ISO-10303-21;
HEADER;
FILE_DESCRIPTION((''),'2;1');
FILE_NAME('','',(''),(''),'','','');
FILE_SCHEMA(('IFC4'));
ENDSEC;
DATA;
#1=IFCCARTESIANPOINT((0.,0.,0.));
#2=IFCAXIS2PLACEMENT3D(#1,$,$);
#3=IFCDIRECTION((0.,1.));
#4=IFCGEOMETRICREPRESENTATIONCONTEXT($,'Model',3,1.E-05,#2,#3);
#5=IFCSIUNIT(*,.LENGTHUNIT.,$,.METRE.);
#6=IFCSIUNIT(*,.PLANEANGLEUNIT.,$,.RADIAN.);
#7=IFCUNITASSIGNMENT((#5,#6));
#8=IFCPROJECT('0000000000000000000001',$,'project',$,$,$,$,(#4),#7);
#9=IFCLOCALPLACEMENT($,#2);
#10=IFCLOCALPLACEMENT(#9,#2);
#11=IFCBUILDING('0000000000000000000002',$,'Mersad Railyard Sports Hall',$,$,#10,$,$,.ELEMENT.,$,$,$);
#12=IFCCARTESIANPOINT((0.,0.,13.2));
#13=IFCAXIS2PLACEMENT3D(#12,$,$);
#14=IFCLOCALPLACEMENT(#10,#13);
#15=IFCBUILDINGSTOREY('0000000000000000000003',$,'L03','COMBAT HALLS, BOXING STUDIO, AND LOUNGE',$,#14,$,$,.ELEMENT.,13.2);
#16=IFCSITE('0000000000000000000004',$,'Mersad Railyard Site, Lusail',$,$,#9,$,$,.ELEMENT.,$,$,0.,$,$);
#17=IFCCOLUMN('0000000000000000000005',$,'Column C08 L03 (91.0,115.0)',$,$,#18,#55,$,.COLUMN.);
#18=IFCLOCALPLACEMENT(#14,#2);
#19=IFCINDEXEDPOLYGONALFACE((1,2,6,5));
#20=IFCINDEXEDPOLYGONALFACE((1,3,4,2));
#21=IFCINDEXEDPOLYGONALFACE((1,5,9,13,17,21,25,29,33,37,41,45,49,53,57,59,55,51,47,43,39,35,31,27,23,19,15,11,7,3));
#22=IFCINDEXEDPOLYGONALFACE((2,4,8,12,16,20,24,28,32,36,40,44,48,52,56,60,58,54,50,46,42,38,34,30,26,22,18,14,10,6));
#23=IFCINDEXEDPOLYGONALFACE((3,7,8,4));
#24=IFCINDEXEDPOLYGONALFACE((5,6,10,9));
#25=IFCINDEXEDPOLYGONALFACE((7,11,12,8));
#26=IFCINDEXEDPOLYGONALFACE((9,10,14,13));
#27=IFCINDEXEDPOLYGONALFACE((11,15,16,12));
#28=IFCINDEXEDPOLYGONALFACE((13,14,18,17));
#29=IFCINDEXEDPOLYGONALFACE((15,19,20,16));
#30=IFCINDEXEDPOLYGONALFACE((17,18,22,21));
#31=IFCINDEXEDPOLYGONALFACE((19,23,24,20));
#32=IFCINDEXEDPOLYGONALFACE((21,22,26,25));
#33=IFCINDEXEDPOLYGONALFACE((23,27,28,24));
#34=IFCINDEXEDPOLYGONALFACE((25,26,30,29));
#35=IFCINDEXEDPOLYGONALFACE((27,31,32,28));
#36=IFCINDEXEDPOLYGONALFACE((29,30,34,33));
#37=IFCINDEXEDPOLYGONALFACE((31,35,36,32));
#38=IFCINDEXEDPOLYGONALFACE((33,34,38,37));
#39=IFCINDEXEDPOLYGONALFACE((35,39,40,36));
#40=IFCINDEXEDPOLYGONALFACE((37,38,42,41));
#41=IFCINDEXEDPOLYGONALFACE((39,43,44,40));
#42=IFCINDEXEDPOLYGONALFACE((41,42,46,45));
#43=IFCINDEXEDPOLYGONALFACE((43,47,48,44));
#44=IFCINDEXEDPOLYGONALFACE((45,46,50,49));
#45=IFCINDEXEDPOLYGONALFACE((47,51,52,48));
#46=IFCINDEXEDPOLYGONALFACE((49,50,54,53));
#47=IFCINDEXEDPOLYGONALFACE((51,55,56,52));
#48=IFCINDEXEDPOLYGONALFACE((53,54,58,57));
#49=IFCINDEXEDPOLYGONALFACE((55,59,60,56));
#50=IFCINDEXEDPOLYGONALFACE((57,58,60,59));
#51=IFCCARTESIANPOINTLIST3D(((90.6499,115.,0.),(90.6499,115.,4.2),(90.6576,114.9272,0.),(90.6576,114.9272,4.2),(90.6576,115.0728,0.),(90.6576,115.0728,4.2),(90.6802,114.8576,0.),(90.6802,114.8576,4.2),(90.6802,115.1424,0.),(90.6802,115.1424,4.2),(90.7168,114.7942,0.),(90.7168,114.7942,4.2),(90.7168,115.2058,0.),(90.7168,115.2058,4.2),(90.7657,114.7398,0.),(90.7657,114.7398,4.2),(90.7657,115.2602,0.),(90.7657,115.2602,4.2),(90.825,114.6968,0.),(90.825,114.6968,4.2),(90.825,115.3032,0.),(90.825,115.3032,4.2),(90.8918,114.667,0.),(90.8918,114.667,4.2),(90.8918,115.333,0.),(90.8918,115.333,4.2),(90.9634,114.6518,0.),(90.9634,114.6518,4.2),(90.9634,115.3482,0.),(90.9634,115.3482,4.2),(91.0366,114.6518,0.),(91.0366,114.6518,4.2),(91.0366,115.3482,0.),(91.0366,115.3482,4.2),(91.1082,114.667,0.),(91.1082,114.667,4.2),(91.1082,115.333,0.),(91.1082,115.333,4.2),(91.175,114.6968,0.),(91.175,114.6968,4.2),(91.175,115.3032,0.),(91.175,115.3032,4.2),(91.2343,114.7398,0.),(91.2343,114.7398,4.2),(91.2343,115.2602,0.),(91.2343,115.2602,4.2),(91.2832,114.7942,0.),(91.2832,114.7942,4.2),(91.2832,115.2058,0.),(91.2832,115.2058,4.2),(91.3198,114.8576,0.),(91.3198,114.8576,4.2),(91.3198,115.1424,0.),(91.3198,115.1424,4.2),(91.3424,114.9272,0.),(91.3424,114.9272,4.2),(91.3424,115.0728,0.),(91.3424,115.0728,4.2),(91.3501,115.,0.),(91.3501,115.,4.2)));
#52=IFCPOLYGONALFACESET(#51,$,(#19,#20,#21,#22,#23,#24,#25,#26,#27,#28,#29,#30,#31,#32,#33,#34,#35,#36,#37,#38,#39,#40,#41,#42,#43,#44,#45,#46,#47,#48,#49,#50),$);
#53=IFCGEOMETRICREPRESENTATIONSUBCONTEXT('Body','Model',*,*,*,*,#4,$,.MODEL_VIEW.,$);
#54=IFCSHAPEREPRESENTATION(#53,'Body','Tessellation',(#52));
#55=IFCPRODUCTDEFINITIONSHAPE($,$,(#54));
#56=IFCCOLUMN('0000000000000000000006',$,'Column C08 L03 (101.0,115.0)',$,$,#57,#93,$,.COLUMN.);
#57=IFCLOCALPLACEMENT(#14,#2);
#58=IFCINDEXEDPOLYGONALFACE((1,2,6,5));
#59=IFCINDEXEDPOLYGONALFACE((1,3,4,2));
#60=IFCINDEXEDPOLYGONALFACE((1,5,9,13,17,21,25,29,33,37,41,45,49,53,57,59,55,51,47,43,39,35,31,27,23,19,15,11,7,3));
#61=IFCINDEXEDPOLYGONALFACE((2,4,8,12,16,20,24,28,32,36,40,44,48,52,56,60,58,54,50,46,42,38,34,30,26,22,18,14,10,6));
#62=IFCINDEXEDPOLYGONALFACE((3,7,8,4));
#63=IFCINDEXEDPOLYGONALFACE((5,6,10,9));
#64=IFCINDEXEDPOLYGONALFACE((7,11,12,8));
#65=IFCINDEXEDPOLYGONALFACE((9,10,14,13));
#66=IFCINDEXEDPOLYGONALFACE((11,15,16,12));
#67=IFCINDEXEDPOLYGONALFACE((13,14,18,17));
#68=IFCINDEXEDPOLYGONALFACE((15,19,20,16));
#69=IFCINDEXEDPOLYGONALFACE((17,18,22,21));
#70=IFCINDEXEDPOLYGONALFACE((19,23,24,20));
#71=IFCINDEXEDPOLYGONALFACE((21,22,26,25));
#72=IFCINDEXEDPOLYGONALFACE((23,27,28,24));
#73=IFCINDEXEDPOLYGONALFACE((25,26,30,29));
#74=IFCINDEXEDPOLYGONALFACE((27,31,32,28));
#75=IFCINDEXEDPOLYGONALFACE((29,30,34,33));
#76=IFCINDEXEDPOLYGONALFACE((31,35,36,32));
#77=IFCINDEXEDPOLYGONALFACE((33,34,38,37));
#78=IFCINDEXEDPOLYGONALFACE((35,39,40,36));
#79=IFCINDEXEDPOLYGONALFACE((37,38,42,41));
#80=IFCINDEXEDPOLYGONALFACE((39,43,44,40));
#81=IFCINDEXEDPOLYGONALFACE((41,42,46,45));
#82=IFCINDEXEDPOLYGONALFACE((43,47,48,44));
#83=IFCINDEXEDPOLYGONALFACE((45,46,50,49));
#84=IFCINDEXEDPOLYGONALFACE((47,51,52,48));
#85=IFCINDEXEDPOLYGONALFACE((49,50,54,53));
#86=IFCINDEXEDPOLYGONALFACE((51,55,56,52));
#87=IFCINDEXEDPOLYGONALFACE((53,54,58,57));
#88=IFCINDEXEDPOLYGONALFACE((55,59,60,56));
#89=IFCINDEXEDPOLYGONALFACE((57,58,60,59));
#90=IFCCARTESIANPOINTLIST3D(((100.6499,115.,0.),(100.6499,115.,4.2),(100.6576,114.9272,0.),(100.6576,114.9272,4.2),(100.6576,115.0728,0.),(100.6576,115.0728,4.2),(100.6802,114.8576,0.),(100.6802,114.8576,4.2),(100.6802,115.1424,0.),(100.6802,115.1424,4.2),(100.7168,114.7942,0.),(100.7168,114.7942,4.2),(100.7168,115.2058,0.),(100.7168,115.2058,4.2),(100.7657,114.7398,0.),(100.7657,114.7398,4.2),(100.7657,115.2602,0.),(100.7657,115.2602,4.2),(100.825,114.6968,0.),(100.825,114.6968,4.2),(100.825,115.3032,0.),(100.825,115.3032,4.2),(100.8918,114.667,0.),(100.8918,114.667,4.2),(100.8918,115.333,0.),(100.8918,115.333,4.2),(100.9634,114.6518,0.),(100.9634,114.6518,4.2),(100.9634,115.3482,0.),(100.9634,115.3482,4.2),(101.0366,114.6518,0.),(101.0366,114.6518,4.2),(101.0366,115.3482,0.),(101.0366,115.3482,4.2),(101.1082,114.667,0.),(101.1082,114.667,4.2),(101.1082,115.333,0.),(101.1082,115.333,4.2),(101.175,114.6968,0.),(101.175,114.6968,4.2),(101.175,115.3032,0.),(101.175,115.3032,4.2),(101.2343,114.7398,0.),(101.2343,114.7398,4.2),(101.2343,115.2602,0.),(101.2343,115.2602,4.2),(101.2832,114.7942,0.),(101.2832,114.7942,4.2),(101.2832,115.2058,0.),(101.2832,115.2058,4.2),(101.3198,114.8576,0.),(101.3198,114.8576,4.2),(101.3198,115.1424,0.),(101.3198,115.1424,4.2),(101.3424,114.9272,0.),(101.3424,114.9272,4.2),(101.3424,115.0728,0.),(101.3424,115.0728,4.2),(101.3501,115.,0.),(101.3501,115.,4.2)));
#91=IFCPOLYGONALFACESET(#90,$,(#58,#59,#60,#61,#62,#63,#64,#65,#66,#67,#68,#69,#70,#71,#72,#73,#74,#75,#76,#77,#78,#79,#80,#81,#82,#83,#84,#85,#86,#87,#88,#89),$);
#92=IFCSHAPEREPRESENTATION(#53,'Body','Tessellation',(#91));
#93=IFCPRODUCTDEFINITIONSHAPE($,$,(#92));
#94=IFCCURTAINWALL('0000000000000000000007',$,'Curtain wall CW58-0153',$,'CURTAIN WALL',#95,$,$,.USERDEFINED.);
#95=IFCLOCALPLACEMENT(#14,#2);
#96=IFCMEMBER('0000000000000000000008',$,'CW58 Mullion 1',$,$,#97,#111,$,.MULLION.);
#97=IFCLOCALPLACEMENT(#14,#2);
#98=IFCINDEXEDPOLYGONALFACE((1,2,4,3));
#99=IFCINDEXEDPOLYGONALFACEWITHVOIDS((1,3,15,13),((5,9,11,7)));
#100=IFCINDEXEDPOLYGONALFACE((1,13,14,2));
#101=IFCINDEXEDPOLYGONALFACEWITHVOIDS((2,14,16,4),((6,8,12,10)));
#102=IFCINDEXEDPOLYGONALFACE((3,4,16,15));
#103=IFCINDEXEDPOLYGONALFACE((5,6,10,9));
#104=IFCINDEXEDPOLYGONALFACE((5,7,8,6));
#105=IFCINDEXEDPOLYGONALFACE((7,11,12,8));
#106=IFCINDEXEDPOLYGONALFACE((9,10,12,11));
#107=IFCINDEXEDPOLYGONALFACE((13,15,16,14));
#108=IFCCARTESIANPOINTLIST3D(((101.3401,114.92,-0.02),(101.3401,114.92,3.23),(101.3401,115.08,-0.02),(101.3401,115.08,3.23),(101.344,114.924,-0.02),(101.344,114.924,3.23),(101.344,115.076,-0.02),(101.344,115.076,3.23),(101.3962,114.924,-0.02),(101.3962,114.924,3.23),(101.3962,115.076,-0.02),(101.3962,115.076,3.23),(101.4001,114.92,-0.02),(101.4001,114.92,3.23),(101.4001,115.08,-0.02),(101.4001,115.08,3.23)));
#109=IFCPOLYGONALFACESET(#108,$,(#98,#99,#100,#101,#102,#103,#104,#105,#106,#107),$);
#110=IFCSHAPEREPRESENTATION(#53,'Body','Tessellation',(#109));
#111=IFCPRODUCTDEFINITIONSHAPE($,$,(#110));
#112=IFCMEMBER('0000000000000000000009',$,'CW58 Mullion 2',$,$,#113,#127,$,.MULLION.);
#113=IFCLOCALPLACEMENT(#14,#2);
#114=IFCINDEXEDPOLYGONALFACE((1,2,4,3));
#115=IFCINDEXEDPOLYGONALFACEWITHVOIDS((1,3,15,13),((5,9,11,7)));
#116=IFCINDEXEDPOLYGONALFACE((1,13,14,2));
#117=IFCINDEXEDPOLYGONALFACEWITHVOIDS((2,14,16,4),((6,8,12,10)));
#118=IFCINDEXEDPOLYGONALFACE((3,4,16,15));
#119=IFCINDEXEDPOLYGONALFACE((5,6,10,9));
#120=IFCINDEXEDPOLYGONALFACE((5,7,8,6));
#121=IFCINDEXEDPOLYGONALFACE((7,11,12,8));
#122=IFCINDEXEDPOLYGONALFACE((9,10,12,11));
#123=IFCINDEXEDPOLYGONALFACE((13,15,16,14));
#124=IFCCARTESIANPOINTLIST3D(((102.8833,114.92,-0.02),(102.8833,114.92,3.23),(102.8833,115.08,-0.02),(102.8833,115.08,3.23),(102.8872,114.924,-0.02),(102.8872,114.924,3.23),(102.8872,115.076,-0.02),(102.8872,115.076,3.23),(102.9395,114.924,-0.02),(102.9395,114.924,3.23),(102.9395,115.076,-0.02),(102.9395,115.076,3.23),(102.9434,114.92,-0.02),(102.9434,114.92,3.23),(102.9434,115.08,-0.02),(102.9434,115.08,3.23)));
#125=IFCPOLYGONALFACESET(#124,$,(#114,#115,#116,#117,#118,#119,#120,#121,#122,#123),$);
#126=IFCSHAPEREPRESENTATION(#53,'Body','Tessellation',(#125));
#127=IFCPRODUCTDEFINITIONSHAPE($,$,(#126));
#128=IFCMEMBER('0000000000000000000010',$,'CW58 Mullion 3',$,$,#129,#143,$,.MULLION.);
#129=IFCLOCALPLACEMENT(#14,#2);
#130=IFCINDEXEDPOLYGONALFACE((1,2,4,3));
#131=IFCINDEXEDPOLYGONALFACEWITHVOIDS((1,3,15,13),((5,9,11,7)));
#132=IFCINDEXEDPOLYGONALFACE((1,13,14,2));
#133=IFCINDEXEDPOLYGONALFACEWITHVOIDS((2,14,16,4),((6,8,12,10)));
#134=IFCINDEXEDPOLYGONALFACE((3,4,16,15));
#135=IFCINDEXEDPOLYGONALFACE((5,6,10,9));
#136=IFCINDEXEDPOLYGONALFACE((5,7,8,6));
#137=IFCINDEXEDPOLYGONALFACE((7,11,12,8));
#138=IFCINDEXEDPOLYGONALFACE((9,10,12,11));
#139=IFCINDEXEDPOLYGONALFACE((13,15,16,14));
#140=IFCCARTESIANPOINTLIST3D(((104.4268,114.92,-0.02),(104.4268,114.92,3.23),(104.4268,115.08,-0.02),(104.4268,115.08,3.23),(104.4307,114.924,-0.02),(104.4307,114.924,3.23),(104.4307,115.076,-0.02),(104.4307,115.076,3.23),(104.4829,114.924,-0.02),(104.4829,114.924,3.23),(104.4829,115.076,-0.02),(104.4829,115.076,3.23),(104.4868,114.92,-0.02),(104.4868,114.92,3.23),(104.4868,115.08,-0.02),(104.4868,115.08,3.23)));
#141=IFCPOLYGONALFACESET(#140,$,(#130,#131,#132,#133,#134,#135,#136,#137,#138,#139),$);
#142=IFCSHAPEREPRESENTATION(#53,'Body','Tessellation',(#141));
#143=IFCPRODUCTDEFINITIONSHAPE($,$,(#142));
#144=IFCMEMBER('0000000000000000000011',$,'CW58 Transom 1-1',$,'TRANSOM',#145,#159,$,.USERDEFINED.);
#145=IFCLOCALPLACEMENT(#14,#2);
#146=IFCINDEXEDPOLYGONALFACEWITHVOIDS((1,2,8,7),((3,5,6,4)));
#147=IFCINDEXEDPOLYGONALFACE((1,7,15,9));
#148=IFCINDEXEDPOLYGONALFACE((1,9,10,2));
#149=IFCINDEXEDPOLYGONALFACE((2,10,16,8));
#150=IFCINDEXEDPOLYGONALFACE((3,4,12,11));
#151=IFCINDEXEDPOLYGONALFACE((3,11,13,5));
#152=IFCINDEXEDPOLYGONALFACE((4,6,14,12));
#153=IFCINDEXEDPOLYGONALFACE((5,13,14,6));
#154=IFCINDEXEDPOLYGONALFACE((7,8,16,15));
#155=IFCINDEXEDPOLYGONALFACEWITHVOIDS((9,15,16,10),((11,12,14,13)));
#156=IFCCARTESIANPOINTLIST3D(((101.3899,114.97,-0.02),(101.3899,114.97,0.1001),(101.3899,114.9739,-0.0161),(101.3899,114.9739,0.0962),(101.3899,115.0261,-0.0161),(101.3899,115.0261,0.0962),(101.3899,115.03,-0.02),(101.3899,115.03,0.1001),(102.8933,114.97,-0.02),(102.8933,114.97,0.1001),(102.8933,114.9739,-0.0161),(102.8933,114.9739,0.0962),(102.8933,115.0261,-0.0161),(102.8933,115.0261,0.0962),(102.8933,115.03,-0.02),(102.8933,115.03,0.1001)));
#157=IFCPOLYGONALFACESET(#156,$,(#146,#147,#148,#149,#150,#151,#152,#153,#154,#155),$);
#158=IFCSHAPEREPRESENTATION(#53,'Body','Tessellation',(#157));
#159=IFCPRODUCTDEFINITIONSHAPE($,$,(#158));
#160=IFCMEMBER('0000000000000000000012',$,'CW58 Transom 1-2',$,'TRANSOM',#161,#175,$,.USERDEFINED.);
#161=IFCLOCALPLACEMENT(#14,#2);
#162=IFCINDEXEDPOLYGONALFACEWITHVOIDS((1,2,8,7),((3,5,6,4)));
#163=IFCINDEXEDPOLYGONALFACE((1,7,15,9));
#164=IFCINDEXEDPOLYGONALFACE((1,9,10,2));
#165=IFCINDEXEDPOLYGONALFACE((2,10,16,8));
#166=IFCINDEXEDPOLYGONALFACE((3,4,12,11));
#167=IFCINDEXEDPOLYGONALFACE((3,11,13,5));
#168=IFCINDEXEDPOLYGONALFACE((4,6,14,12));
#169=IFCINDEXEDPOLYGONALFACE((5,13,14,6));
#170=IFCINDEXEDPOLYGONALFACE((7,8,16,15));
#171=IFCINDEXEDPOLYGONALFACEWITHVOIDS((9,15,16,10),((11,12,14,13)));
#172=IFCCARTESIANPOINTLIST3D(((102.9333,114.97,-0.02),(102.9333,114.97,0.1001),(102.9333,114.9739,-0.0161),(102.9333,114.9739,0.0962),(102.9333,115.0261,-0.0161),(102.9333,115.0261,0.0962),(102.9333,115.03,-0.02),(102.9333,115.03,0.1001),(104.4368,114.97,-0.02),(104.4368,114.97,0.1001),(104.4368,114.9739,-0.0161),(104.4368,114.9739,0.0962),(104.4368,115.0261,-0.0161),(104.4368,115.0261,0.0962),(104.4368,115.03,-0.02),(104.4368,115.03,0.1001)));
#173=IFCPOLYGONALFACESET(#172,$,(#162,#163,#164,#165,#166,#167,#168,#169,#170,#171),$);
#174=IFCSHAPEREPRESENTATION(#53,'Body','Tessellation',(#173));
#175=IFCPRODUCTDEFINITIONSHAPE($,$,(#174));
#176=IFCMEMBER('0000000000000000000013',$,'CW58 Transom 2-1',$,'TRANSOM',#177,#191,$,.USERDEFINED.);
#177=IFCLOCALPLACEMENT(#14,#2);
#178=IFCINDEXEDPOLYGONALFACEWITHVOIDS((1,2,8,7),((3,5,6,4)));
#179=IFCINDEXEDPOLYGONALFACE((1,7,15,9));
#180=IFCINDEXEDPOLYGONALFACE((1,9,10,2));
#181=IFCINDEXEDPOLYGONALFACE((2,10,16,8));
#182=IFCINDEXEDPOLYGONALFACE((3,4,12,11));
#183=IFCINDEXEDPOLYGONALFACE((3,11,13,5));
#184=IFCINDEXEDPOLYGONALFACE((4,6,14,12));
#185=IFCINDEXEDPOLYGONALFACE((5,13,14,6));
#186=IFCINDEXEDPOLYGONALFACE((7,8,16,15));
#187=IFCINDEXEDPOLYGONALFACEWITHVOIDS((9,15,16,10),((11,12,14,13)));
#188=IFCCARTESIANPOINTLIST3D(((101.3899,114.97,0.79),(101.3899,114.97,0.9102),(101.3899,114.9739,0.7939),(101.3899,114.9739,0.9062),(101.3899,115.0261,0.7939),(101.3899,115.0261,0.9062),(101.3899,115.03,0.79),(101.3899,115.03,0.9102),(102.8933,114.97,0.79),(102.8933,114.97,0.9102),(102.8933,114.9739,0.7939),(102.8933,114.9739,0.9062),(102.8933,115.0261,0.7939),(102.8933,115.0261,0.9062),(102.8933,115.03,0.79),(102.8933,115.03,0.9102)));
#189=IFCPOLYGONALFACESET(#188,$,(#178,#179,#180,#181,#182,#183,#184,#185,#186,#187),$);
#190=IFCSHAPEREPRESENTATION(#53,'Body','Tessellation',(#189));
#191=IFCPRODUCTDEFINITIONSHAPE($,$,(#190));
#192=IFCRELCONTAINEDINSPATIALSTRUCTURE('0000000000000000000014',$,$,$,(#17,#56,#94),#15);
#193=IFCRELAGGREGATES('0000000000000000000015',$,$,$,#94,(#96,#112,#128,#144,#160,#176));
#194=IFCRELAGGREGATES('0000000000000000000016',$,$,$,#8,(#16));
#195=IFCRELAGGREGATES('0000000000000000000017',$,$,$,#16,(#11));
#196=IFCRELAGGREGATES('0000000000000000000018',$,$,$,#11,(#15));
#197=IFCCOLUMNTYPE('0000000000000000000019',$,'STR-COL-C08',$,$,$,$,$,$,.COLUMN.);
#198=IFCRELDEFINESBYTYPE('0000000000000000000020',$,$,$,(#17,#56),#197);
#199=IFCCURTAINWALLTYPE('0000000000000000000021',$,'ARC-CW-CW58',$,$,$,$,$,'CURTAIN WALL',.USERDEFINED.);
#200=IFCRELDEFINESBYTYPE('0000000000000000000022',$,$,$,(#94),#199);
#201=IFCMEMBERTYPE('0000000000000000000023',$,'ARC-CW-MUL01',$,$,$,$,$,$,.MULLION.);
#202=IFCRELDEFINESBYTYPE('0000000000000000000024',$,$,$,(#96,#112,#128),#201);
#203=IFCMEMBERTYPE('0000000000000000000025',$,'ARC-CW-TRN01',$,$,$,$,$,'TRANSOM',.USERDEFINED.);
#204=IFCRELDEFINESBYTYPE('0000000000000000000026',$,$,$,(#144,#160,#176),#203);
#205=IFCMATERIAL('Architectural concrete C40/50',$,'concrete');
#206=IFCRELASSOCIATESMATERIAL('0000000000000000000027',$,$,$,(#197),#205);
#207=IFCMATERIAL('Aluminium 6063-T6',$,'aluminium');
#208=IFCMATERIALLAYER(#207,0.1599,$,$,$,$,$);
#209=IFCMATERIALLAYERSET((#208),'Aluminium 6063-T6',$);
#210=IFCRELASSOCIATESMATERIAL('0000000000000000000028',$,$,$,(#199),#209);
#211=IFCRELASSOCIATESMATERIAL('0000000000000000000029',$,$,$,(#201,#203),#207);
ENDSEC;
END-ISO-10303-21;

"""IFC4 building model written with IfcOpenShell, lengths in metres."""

from ifc_helpers import new_model, si_unit, direction, frame, origin, origin_2d, place, context, subcontext, project, spatial, hollow_rectangle, circle, extrude, material, layer, layer_set, material_profile, profile_set, type_object, element, aggregate, save


model = new_model("IFC4")

# Units and contexts
model_context = context("Model", 3, precision=1e-05, world=origin(), true_north=direction((0.0, 1.0)))
body_context = subcontext(model_context, "Body", "Model", "MODEL_VIEW")
ifc_project = project(units=[si_unit("LENGTHUNIT", "METRE"), si_unit("PLANEANGLEUNIT", "RADIAN")], contexts=[model_context])

# Site, building, storey
site_placement = place(None, origin())
site = spatial("IfcSite", under=ifc_project, at=site_placement, Name="Mersad Railyard Site, Lusail", CompositionType="ELEMENT", RefElevation=0.0)
building_placement = place(site_placement, origin())
building = spatial("IfcBuilding", under=site, at=building_placement, Name="Mersad Railyard Sports Hall", CompositionType="ELEMENT")
storey_placement = place(building_placement, frame((0.0, 0.0, 13.2)))
storey = spatial("IfcBuildingStorey", under=building, at=storey_placement, Name="L03", Description="COMBAT HALLS, BOXING STUDIO, AND LOUNGE", CompositionType="ELEMENT", Elevation=13.2)

# Columns
ifc_material_1 = material(Name="Architectural concrete C40/50", Category="concrete")
ifc_material_profile_1 = material_profile(ifc_material_1, circle(Radius=0.3501, at=origin_2d()), Name="RC D700")
ifc_profile_set_1 = profile_set([ifc_material_profile_1], Name="Architectural concrete C40/50")
column_type = type_object("IfcColumnType", Name="STR-COL-C08", PredefinedType="COLUMN", material=ifc_profile_set_1)
for number, where, z_axis, x_axis, name in (
    (1, (91.0, 115.0, 0.0), (0.0, 0.0, 1.0), (1.0, 0.0, 0.0), "Column C08 L03 (91.0,115.0)"),
    (2, (101.0, 115.0, 0.0), (0.0, 0.0, 1.0), (1.0, 0.0, 0.0), "Column C08 L03 (101.0,115.0)"),
):
    element("IfcColumn", number, at=place(storey_placement, frame(where, z_axis=z_axis, x_axis=x_axis)), inside=storey, type_object=column_type, Name=name, PredefinedType="COLUMN", context=body_context, shape_type="SweptSolid", body=[
        extrude(circle(Radius=0.3501, at=origin_2d()), origin(), (0.0, 0.0, 1.0), 4.2),
    ])

# Curtain wall, members
ifc_material_2 = material(Name="Aluminium 6063-T6", Category="aluminium")
ifc_layer_1 = layer(ifc_material_2, 0.1599)
ifc_layer_set_1 = layer_set([ifc_layer_1], Name="Aluminium 6063-T6")
curtain_wall_type = type_object("IfcCurtainWallType", Name="ARC-CW-CW58", ElementType="CURTAIN WALL", PredefinedType="USERDEFINED", material=ifc_layer_set_1)
curtain_wall_placement = place(storey_placement, origin())
curtain_wall = element("IfcCurtainWall", 3, at=curtain_wall_placement, inside=storey, type_object=curtain_wall_type, Name="Curtain wall CW58-0153", ObjectType="CURTAIN WALL", PredefinedType="USERDEFINED")
ifc_material_profile_2 = material_profile(ifc_material_2, hollow_rectangle(XDim=0.0601, YDim=0.1599, WallThickness=0.0039, at=origin_2d()), Name="AL MULLION 60x160x4")
ifc_profile_set_2 = profile_set([ifc_material_profile_2], Name="Aluminium 6063-T6")
member_type_1 = type_object("IfcMemberType", Name="ARC-CW-MUL01", PredefinedType="MULLION", material=ifc_profile_set_2)
member_1_placement = place(storey_placement, frame((101.3701, 115.0, -0.02), z_axis=(0.0, 0.0, 1.0), x_axis=(1.0, 0.0, 0.0)))
member_1 = element("IfcMember", 4, at=member_1_placement, type_object=member_type_1, Name="CW58 Mullion 1", PredefinedType="MULLION", context=body_context, shape_type="SweptSolid", body=[
    extrude(hollow_rectangle(XDim=0.0601, YDim=0.1599, WallThickness=0.0039, at=origin_2d()), origin(), (0.0, 0.0, 1.0), 3.25),
])
member_2_placement = place(storey_placement, frame((102.9133, 115.0, -0.02), z_axis=(0.0, 0.0, 1.0), x_axis=(1.0, 0.0, 0.0)))
member_2 = element("IfcMember", 5, at=member_2_placement, type_object=member_type_1, Name="CW58 Mullion 2", PredefinedType="MULLION", context=body_context, shape_type="SweptSolid", body=[
    extrude(hollow_rectangle(XDim=0.0601, YDim=0.1599, WallThickness=0.0039, at=origin_2d()), origin(), (0.0, 0.0, 1.0), 3.25),
])
member_3_placement = place(storey_placement, frame((104.4568, 115.0, -0.02), z_axis=(0.0, 0.0, 1.0), x_axis=(1.0, 0.0, 0.0)))
member_3 = element("IfcMember", 6, at=member_3_placement, type_object=member_type_1, Name="CW58 Mullion 3", PredefinedType="MULLION", context=body_context, shape_type="SweptSolid", body=[
    extrude(hollow_rectangle(XDim=0.0601, YDim=0.1599, WallThickness=0.0039, at=origin_2d()), origin(), (0.0, 0.0, 1.0), 3.25),
])
ifc_material_profile_3 = material_profile(ifc_material_2, hollow_rectangle(XDim=0.0601, YDim=0.1201, WallThickness=0.0039, at=origin_2d()), Name="AL TRANSOM 60x120x4")
ifc_profile_set_3 = profile_set([ifc_material_profile_3], Name="Aluminium 6063-T6")
member_type_2 = type_object("IfcMemberType", Name="ARC-CW-TRN01", ElementType="TRANSOM", PredefinedType="USERDEFINED", material=ifc_profile_set_3)
member_4_placement = place(storey_placement, frame((101.3899, 115.0, 0.04), z_axis=(1.0, 0.0, 0.0), x_axis=(0.0, 1.0, 0.0)))
member_4 = element("IfcMember", 7, at=member_4_placement, type_object=member_type_2, Name="CW58 Transom 1-1", ObjectType="TRANSOM", PredefinedType="USERDEFINED", context=body_context, shape_type="SweptSolid", body=[
    extrude(hollow_rectangle(XDim=0.0601, YDim=0.1201, WallThickness=0.0039, at=origin_2d()), origin(), (0.0, 0.0, 1.0), 1.5034),
])
member_5_placement = place(storey_placement, frame((102.9333, 115.0, 0.04), z_axis=(1.0, 0.0, 0.0), x_axis=(0.0, 1.0, 0.0)))
member_5 = element("IfcMember", 8, at=member_5_placement, type_object=member_type_2, Name="CW58 Transom 1-2", ObjectType="TRANSOM", PredefinedType="USERDEFINED", context=body_context, shape_type="SweptSolid", body=[
    extrude(hollow_rectangle(XDim=0.0601, YDim=0.1201, WallThickness=0.0039, at=origin_2d()), origin(), (0.0, 0.0, 1.0), 1.5034),
])
member_6_placement = place(storey_placement, frame((101.3899, 115.0, 0.8501), z_axis=(1.0, 0.0, 0.0), x_axis=(0.0, 1.0, 0.0)))
member_6 = element("IfcMember", 9, at=member_6_placement, type_object=member_type_2, Name="CW58 Transom 2-1", ObjectType="TRANSOM", PredefinedType="USERDEFINED", context=body_context, shape_type="SweptSolid", body=[
    extrude(hollow_rectangle(XDim=0.0601, YDim=0.1201, WallThickness=0.0039, at=origin_2d()), origin(), (0.0, 0.0, 1.0), 1.5034),
])

aggregate(curtain_wall, [member_1, member_2, member_3, member_4, member_5, member_6])

save(model, "model.ifc")
